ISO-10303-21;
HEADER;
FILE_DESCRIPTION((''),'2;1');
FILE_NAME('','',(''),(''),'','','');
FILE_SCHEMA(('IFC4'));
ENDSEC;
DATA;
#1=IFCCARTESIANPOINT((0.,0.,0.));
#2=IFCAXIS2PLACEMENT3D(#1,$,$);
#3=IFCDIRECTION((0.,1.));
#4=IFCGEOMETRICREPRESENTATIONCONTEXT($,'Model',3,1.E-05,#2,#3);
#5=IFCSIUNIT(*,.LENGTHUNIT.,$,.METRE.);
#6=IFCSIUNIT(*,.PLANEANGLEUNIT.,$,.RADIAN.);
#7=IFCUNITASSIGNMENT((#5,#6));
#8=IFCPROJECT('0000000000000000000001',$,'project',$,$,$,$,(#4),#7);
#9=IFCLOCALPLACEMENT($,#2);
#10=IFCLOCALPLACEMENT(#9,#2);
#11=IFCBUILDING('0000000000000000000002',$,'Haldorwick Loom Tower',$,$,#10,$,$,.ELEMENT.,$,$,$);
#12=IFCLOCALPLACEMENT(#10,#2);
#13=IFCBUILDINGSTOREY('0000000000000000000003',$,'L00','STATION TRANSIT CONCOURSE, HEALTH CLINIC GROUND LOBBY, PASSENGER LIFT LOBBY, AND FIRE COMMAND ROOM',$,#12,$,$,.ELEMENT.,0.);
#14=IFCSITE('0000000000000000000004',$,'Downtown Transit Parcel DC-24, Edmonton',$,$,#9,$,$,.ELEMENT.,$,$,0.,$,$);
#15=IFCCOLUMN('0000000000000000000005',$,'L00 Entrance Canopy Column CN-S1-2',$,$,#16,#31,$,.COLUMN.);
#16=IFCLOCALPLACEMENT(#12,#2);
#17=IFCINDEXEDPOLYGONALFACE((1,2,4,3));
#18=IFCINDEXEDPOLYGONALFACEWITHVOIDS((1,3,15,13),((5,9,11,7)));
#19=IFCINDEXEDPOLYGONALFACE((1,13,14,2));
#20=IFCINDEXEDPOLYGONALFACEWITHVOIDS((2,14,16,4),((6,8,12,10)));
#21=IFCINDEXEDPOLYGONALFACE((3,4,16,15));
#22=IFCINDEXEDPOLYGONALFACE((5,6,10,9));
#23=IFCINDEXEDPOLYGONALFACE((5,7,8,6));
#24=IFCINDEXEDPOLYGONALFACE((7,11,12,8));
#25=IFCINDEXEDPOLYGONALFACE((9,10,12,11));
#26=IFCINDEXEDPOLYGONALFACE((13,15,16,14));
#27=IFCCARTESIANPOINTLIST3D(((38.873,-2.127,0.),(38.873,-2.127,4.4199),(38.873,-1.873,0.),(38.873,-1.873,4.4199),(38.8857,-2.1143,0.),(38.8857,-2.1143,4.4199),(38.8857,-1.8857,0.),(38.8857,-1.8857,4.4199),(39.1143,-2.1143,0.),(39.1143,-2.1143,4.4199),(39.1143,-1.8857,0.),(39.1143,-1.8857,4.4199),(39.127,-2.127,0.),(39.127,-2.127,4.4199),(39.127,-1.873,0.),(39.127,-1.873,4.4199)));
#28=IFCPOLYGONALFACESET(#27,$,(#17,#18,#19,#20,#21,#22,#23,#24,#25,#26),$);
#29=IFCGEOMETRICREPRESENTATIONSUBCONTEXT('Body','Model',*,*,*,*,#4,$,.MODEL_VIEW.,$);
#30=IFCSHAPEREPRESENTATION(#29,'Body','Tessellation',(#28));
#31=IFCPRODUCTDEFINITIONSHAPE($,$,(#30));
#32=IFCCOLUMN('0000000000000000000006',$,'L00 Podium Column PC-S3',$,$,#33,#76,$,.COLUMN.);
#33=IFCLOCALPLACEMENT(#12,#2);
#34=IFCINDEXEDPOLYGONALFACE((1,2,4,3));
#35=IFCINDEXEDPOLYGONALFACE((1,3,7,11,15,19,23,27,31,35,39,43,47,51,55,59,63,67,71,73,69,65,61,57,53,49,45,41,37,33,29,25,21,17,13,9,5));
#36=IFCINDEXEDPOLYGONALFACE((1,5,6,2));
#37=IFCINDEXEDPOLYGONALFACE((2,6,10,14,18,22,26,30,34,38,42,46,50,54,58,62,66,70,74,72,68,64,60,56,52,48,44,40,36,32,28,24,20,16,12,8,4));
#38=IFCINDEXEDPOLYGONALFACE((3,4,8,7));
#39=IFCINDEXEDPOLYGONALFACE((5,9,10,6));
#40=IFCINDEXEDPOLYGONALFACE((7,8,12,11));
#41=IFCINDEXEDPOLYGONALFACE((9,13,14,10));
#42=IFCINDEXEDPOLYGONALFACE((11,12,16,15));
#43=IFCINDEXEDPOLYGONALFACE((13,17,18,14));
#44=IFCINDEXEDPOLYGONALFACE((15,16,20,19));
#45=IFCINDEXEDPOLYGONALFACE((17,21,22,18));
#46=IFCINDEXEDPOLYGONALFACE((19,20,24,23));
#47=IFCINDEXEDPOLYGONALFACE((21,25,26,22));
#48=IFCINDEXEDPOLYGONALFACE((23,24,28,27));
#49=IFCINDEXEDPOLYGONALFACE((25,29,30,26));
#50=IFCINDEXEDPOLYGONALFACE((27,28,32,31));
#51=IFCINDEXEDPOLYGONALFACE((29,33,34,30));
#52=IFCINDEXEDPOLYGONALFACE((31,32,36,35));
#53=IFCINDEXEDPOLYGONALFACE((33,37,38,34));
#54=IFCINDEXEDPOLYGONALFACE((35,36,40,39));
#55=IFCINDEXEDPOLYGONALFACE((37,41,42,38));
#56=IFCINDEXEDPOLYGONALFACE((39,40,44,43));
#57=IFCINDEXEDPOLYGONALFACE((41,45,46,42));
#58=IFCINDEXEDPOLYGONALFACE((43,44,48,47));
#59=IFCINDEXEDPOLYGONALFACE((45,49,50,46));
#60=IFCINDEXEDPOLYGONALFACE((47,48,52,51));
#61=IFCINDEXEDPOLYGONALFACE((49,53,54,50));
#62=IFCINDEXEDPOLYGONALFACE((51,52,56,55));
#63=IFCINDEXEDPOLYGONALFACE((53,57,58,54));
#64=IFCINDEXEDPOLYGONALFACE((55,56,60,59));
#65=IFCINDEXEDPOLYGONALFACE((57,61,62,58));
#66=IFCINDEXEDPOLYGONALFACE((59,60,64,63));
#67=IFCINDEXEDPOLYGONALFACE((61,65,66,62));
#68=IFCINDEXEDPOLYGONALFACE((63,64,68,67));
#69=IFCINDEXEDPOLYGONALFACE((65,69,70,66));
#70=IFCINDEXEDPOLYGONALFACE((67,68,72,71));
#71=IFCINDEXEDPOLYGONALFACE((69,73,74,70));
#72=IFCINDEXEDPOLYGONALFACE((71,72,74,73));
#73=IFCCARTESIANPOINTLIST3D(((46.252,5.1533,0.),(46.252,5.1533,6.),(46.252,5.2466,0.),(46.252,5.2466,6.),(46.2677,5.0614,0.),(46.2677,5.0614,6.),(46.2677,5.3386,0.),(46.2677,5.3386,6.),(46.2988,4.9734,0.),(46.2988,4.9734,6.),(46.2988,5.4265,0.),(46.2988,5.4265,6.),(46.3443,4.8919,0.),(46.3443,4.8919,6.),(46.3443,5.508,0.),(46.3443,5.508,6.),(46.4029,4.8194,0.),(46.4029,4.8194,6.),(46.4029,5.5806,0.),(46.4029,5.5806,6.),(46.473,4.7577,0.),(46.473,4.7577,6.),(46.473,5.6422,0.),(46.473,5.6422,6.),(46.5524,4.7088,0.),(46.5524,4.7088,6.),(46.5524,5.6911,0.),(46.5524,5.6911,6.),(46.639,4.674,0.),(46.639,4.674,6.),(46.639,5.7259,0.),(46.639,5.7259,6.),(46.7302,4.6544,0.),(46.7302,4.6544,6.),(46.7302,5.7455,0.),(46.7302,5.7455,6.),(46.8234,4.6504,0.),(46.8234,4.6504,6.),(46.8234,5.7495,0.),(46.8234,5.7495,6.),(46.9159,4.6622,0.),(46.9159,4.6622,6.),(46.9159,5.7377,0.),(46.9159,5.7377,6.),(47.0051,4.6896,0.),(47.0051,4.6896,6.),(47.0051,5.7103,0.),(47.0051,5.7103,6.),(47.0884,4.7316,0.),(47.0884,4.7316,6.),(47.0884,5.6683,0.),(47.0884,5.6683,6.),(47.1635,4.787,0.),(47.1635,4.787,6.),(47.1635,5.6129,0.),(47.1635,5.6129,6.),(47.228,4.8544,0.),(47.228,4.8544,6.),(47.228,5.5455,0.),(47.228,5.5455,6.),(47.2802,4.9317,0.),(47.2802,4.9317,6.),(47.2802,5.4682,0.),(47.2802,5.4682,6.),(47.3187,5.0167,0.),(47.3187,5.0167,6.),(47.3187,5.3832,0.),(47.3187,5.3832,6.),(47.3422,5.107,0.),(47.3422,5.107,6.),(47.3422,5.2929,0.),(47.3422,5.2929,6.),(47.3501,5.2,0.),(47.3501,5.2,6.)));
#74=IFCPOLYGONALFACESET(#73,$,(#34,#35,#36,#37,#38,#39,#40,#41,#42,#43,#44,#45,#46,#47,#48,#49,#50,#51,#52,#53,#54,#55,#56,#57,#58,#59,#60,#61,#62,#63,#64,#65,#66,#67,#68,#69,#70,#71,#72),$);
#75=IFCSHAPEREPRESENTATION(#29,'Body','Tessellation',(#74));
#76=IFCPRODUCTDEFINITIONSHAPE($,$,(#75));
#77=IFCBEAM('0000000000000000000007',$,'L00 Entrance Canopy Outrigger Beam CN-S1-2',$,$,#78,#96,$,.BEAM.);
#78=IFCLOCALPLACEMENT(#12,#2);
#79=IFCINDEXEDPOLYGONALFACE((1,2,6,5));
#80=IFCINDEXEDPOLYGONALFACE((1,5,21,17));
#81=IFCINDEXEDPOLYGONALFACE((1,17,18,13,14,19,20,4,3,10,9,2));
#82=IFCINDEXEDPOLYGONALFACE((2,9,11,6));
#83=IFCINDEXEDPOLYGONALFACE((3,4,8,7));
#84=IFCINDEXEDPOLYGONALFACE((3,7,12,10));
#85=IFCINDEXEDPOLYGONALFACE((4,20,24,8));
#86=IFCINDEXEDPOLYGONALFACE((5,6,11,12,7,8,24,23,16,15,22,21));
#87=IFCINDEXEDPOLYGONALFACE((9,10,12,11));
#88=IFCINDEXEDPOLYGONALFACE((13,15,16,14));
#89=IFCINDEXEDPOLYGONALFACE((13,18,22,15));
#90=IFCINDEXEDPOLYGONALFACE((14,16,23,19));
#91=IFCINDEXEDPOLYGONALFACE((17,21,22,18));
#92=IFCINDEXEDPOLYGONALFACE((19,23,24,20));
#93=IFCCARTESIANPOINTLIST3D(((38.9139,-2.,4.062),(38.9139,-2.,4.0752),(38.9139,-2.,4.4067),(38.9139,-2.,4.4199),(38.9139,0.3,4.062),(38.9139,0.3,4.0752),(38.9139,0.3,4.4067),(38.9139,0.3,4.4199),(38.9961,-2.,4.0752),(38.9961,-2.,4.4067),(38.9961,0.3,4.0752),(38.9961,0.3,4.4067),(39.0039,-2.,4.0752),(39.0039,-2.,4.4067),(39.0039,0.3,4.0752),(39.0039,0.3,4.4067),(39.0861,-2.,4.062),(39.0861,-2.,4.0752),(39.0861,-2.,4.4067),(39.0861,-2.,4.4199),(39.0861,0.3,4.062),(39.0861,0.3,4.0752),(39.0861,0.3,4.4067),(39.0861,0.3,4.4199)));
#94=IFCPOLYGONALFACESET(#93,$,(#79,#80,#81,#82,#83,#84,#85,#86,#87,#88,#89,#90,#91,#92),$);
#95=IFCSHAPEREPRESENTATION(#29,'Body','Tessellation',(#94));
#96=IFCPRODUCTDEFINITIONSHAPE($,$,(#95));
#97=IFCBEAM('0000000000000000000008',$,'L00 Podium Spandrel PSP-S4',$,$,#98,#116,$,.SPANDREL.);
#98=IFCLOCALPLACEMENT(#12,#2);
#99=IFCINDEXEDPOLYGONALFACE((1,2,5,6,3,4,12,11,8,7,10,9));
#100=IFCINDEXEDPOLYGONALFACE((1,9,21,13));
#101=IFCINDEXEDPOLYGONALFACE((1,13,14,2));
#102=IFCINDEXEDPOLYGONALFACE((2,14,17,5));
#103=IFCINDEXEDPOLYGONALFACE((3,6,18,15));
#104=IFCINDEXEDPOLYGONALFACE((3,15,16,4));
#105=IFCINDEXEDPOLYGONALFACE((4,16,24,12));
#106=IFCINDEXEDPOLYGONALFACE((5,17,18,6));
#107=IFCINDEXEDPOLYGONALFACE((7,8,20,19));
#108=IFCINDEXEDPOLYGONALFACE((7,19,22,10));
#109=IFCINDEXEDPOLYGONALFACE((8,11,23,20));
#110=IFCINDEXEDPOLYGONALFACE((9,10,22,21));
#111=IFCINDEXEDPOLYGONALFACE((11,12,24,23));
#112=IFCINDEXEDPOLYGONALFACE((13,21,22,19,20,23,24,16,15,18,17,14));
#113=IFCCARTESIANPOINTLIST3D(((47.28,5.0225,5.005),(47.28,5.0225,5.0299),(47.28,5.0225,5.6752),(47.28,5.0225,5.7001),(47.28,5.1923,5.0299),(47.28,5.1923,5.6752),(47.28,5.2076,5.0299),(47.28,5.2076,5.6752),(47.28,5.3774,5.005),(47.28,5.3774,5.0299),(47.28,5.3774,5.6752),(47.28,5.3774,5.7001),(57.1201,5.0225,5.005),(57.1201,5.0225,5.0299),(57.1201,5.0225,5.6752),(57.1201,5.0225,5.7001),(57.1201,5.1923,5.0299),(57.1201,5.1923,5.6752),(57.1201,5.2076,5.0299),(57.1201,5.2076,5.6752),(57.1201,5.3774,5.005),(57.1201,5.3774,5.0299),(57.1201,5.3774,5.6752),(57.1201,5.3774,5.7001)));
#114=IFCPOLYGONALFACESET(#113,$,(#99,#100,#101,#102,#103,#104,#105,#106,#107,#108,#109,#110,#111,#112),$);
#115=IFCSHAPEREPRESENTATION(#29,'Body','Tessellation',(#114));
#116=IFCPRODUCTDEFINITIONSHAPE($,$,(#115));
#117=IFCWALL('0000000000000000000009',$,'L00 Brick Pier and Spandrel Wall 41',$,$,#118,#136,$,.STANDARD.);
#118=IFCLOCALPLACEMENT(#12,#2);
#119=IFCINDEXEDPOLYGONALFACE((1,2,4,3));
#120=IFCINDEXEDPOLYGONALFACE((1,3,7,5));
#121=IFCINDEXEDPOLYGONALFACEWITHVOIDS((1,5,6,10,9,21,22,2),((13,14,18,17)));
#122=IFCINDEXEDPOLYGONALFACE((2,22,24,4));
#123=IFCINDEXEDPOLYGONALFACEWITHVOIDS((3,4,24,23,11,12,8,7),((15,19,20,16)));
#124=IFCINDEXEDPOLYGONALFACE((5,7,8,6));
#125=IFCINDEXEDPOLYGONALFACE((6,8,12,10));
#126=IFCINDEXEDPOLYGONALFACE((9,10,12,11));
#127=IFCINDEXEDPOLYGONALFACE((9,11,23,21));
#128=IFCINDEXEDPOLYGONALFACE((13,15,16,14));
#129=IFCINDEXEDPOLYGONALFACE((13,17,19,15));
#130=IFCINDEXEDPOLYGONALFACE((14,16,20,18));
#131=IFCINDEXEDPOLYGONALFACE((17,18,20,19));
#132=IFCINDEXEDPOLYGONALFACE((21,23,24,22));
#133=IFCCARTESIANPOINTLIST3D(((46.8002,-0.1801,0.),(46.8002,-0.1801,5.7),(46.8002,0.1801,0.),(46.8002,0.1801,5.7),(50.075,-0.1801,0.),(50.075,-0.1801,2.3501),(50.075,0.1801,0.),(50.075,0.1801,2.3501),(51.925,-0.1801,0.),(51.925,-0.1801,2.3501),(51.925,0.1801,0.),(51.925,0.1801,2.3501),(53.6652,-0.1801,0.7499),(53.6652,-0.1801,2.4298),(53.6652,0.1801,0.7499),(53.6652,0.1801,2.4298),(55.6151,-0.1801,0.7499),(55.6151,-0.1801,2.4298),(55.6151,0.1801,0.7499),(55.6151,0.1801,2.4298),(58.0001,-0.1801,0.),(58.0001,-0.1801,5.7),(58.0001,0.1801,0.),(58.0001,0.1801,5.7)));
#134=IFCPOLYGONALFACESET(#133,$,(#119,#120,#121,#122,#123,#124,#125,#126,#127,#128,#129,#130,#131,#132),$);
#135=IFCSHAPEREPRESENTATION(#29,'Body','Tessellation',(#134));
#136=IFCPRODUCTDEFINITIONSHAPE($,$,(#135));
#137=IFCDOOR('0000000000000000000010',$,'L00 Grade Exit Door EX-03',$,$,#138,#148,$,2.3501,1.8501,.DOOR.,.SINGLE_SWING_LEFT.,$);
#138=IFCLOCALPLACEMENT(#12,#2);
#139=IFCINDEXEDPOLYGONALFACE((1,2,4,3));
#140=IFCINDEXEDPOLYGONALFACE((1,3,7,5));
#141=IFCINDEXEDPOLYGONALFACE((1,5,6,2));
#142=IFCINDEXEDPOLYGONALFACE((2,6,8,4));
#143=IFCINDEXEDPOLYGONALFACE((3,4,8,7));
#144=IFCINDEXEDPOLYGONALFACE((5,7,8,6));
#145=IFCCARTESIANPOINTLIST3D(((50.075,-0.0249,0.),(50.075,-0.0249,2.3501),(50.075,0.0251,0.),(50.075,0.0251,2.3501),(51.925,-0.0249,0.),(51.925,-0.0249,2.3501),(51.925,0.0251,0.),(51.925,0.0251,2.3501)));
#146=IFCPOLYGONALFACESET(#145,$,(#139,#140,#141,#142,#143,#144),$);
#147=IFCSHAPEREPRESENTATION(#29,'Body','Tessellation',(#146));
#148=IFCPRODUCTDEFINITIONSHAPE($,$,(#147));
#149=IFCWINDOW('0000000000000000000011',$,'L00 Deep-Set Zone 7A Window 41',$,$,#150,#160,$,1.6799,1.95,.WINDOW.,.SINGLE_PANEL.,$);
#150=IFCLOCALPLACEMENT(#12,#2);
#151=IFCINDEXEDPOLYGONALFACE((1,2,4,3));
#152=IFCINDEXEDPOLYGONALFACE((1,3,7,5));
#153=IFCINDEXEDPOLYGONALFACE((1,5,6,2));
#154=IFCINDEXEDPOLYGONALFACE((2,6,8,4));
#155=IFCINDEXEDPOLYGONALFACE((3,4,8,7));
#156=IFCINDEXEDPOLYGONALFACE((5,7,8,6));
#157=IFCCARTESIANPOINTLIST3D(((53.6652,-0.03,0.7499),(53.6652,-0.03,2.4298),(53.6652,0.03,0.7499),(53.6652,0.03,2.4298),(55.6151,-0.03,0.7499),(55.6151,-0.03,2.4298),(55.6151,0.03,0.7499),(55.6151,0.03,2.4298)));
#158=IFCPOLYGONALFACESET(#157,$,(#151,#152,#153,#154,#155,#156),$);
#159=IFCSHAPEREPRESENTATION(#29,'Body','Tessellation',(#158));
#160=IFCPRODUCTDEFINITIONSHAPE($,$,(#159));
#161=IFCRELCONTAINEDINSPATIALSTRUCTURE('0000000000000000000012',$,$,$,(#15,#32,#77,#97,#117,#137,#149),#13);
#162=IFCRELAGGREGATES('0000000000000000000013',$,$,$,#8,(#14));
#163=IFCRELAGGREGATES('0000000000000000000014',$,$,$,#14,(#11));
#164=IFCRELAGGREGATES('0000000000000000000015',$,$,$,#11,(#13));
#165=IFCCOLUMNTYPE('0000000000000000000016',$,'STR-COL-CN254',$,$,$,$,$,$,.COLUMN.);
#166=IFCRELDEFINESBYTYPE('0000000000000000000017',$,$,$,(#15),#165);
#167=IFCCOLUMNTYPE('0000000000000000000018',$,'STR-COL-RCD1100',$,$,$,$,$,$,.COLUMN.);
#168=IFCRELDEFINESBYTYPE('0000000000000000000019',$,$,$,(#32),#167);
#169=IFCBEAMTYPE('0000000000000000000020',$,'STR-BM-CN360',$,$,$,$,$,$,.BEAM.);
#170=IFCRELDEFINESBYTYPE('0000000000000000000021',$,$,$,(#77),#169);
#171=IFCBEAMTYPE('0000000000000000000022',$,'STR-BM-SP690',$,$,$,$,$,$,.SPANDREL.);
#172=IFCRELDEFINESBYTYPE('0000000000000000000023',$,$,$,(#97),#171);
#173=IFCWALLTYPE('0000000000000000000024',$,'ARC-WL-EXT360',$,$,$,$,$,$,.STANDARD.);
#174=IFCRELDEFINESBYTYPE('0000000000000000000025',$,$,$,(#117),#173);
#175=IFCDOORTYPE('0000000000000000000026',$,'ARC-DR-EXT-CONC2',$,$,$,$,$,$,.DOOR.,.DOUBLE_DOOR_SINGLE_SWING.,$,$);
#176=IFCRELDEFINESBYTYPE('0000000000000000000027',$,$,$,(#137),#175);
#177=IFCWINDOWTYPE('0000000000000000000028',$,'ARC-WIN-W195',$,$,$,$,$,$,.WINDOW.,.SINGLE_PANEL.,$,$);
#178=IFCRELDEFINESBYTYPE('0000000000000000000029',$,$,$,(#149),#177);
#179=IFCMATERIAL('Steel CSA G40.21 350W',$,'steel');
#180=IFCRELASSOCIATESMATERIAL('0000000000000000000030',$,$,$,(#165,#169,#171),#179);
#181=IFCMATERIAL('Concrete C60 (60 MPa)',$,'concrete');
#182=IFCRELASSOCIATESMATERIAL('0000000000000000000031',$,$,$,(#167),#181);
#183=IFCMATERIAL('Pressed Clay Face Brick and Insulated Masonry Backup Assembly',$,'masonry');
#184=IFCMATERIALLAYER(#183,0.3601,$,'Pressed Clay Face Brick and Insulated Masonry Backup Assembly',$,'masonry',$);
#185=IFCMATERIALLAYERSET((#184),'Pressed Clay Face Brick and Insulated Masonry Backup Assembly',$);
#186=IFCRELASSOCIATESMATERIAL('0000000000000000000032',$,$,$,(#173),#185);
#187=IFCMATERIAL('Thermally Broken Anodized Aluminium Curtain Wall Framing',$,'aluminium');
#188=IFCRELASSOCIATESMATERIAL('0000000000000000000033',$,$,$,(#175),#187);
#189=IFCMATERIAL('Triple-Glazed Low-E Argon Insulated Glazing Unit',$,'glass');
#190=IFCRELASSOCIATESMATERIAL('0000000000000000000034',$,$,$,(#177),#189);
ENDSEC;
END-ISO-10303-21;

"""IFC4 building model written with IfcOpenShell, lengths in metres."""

from ifc_helpers import new_model, si_unit, direction, frame, frame_2d, origin, origin_2d, place, context, subcontext, project, spatial, rectangle, hollow_rectangle, circle, i_section, extrude, material, layer, layer_set, material_profile, profile_set, type_object, element, fill, save


model = new_model("IFC4")

# Units and contexts
model_context = context("Model", 3, precision=1e-05, world=origin(), true_north=direction((0.0, 1.0)))
body_context = subcontext(model_context, "Body", "Model", "MODEL_VIEW")
ifc_project = project(units=[si_unit("LENGTHUNIT", "METRE"), si_unit("PLANEANGLEUNIT", "RADIAN")], contexts=[model_context])

# Site, building, storey
site_placement = place(None, origin())
site = spatial("IfcSite", under=ifc_project, at=site_placement, Name="Downtown Transit Parcel DC-24, Edmonton", CompositionType="ELEMENT", RefElevation=0.0)
building_placement = place(site_placement, origin())
building = spatial("IfcBuilding", under=site, at=building_placement, Name="Haldorwick Loom Tower", CompositionType="ELEMENT")
storey_placement = place(building_placement, origin())
storey = spatial("IfcBuildingStorey", under=building, at=storey_placement, Name="L00", Description="STATION TRANSIT CONCOURSE, HEALTH CLINIC GROUND LOBBY, PASSENGER LIFT LOBBY, AND FIRE COMMAND ROOM", CompositionType="ELEMENT", Elevation=0.0)

# Columns
ifc_material_1 = material(Name="Steel CSA G40.21 350W", Category="steel")
ifc_material_profile_1 = material_profile(ifc_material_1, hollow_rectangle(XDim=0.2539, YDim=0.2539, WallThickness=0.0127, at=origin_2d()), Name="HSS254X254X13", Category="steel")
ifc_profile_set_1 = profile_set([ifc_material_profile_1], Name="Steel CSA G40.21 350W")
column_type_1 = type_object("IfcColumnType", Name="STR-COL-CN254", PredefinedType="COLUMN", material=ifc_profile_set_1)
column_1_placement = place(storey_placement, frame((39.0, -2.0, 0.0), z_axis=(0.0, 0.0, 1.0), x_axis=(1.0, 0.0, 0.0)))
element("IfcColumn", 1, at=column_1_placement, inside=storey, type_object=column_type_1, Name="L00 Entrance Canopy Column CN-S1-2", PredefinedType="COLUMN", context=body_context, shape_type="SweptSolid", body=[
    extrude(hollow_rectangle(XDim=0.2539, YDim=0.2539, WallThickness=0.0127, at=origin_2d()), origin(), (0.0, 0.0, 1.0), 4.4199),
])
ifc_material_2 = material(Name="Concrete C60 (60 MPa)", Category="concrete")
ifc_material_profile_2 = material_profile(ifc_material_2, circle(Radius=0.55, at=origin_2d()), Name="RCD1100", Category="concrete")
ifc_profile_set_2 = profile_set([ifc_material_profile_2], Name="Concrete C60 (60 MPa)")
column_type_2 = type_object("IfcColumnType", Name="STR-COL-RCD1100", PredefinedType="COLUMN", material=ifc_profile_set_2)
column_2_placement = place(storey_placement, frame((46.8, 5.2, 0.0), z_axis=(0.0, 0.0, 1.0), x_axis=(1.0, 0.0, 0.0)))
element("IfcColumn", 2, at=column_2_placement, inside=storey, type_object=column_type_2, Name="L00 Podium Column PC-S3", PredefinedType="COLUMN", context=body_context, shape_type="SweptSolid", body=[
    extrude(circle(Radius=0.55, at=origin_2d()), origin(), (0.0, 0.0, 1.0), 6.0),
])

# Beams
ifc_material_profile_3 = material_profile(ifc_material_1, i_section(OverallWidth=0.1721, OverallDepth=0.3579, WebThickness=0.0078, FlangeThickness=0.0132, at=origin_2d()), Name="W360X57", Category="steel")
ifc_profile_set_3 = profile_set([ifc_material_profile_3], Name="Steel CSA G40.21 350W")
beam_type_1 = type_object("IfcBeamType", Name="STR-BM-CN360", PredefinedType="BEAM", material=ifc_profile_set_3)
beam_1_placement = place(storey_placement, frame((39.0, 0.3, 4.241), z_axis=(0.0, -1.0, 0.0), x_axis=(1.0, 0.0, 0.0)))
element("IfcBeam", 3, at=beam_1_placement, inside=storey, type_object=beam_type_1, Name="L00 Entrance Canopy Outrigger Beam CN-S1-2", PredefinedType="BEAM", context=body_context, shape_type="SweptSolid", body=[
    extrude(i_section(OverallWidth=0.1721, OverallDepth=0.3579, WebThickness=0.0078, FlangeThickness=0.0132, at=origin_2d()), origin(), (0.0, 0.0, 1.0), 2.3),
])
ifc_material_profile_4 = material_profile(ifc_material_1, i_section(OverallWidth=0.355, OverallDepth=0.6951, WebThickness=0.0154, FlangeThickness=0.0249, at=origin_2d()), Name="W690X217", Category="steel")
ifc_profile_set_4 = profile_set([ifc_material_profile_4], Name="Steel CSA G40.21 350W")
beam_type_2 = type_object("IfcBeamType", Name="STR-BM-SP690", PredefinedType="SPANDREL", material=ifc_profile_set_4)
beam_2_placement = place(storey_placement, frame((47.28, 5.2, 5.3525), z_axis=(1.0, 0.0, 0.0), x_axis=(0.0, 1.0, 0.0)))
element("IfcBeam", 4, at=beam_2_placement, inside=storey, type_object=beam_type_2, Name="L00 Podium Spandrel PSP-S4", PredefinedType="SPANDREL", context=body_context, shape_type="SweptSolid", body=[
    extrude(i_section(OverallWidth=0.355, OverallDepth=0.6951, WebThickness=0.0154, FlangeThickness=0.0249, at=origin_2d()), origin(), (0.0, 0.0, 1.0), 9.8401),
])

# Wall, openings, door, window
ifc_material_3 = material(Name="Pressed Clay Face Brick and Insulated Masonry Backup Assembly", Category="masonry")
ifc_layer_1 = layer(ifc_material_3, 0.3601, Name="Pressed Clay Face Brick and Insulated Masonry Backup Assembly", Category="masonry")
ifc_layer_set_1 = layer_set([ifc_layer_1], Name="Pressed Clay Face Brick and Insulated Masonry Backup Assembly")
wall_type_1 = type_object("IfcWallType", Name="ARC-WL-EXT360", PredefinedType="STANDARD", material=ifc_layer_set_1)
wall_1_placement = place(storey_placement, frame((46.8, 0.0, 0.0), z_axis=(0.0, 0.0, 1.0), x_axis=(1.0, 0.0, 0.0)))
wall_1 = element("IfcWall", 5, at=wall_1_placement, inside=storey, type_object=wall_type_1, Name="L00 Brick Pier and Spandrel Wall 41", PredefinedType="STANDARD", context=body_context, shape_type="SweptSolid", body=[
    extrude(rectangle(XDim=11.2, YDim=0.3601, at=frame_2d((5.6001, 0.0))), origin(), (0.0, 0.0, 1.0), 5.7),
])
opening_1_placement = place(wall_1_placement, frame((3.2749, 0.0, 0.0)))
opening_1 = element("IfcOpeningElement", 6, at=opening_1_placement, cuts=wall_1, PredefinedType="OPENING", context=body_context, shape_type="SweptSolid", body=[
    extrude(rectangle(XDim=1.8501, YDim=2.3501, at=frame_2d((0.925, 1.175))), frame((0.0, 0.1899, 0.0), z_axis=(0.0, -1.0, 0.0), x_axis=(1.0, 0.0, 0.0)), (0.0, 0.0, 1.0), 0.3801),
])
opening_2_placement = place(wall_1_placement, frame((6.865, 0.0, 0.75)))
opening_2 = element("IfcOpeningElement", 7, at=opening_2_placement, cuts=wall_1, PredefinedType="OPENING", context=body_context, shape_type="SweptSolid", body=[
    extrude(rectangle(XDim=1.95, YDim=1.6799, at=frame_2d((0.9751, 0.8398))), frame((0.0, 0.1899, 0.0), z_axis=(0.0, -1.0, 0.0), x_axis=(1.0, 0.0, 0.0)), (0.0, 0.0, 1.0), 0.3801),
])
ifc_material_4 = material(Name="Thermally Broken Anodized Aluminium Curtain Wall Framing", Category="aluminium")
door_type_1 = type_object("IfcDoorType", Name="ARC-DR-EXT-CONC2", OperationType="DOUBLE_DOOR_SINGLE_SWING", PredefinedType="DOOR", material=ifc_material_4)
door_1_placement = place(opening_1_placement, frame((1.8501, 0.0, 0.0), z_axis=(0.0, 0.0, 1.0), x_axis=(-1.0, 0.0, 0.0)))
door_1 = element("IfcDoor", 8, at=door_1_placement, inside=storey, type_object=door_type_1, Name="L00 Grade Exit Door EX-03", OperationType="SINGLE_SWING_LEFT", OverallHeight=2.3501, OverallWidth=1.8501, PredefinedType="DOOR", context=body_context, shape_type="SweptSolid", body=[
    extrude(rectangle(XDim=1.8501, YDim=2.3501, at=frame_2d((0.925, 1.175))), frame((0.0, 0.0249, 0.0), z_axis=(0.0, -1.0, 0.0), x_axis=(1.0, 0.0, 0.0)), (0.0, 0.0, 1.0), 0.05),
])
fill(opening_1, door_1)
ifc_material_5 = material(Name="Triple-Glazed Low-E Argon Insulated Glazing Unit", Category="glass")
window_type = type_object("IfcWindowType", Name="ARC-WIN-W195", PartitioningType="SINGLE_PANEL", PredefinedType="WINDOW", material=ifc_material_5)
window_placement = place(opening_2_placement, origin())
window = element("IfcWindow", 9, at=window_placement, inside=storey, type_object=window_type, Name="L00 Deep-Set Zone 7A Window 41", OverallHeight=1.6799, OverallWidth=1.95, PartitioningType="SINGLE_PANEL", PredefinedType="WINDOW", context=body_context, shape_type="SweptSolid", body=[
    extrude(rectangle(XDim=1.95, YDim=1.6799, at=frame_2d((0.9751, 0.8398))), frame((0.0, 0.03, 0.0), z_axis=(0.0, -1.0, 0.0), x_axis=(1.0, 0.0, 0.0)), (0.0, 0.0, 1.0), 0.0601),
])
fill(opening_2, window)

save(model, "model.ifc")
